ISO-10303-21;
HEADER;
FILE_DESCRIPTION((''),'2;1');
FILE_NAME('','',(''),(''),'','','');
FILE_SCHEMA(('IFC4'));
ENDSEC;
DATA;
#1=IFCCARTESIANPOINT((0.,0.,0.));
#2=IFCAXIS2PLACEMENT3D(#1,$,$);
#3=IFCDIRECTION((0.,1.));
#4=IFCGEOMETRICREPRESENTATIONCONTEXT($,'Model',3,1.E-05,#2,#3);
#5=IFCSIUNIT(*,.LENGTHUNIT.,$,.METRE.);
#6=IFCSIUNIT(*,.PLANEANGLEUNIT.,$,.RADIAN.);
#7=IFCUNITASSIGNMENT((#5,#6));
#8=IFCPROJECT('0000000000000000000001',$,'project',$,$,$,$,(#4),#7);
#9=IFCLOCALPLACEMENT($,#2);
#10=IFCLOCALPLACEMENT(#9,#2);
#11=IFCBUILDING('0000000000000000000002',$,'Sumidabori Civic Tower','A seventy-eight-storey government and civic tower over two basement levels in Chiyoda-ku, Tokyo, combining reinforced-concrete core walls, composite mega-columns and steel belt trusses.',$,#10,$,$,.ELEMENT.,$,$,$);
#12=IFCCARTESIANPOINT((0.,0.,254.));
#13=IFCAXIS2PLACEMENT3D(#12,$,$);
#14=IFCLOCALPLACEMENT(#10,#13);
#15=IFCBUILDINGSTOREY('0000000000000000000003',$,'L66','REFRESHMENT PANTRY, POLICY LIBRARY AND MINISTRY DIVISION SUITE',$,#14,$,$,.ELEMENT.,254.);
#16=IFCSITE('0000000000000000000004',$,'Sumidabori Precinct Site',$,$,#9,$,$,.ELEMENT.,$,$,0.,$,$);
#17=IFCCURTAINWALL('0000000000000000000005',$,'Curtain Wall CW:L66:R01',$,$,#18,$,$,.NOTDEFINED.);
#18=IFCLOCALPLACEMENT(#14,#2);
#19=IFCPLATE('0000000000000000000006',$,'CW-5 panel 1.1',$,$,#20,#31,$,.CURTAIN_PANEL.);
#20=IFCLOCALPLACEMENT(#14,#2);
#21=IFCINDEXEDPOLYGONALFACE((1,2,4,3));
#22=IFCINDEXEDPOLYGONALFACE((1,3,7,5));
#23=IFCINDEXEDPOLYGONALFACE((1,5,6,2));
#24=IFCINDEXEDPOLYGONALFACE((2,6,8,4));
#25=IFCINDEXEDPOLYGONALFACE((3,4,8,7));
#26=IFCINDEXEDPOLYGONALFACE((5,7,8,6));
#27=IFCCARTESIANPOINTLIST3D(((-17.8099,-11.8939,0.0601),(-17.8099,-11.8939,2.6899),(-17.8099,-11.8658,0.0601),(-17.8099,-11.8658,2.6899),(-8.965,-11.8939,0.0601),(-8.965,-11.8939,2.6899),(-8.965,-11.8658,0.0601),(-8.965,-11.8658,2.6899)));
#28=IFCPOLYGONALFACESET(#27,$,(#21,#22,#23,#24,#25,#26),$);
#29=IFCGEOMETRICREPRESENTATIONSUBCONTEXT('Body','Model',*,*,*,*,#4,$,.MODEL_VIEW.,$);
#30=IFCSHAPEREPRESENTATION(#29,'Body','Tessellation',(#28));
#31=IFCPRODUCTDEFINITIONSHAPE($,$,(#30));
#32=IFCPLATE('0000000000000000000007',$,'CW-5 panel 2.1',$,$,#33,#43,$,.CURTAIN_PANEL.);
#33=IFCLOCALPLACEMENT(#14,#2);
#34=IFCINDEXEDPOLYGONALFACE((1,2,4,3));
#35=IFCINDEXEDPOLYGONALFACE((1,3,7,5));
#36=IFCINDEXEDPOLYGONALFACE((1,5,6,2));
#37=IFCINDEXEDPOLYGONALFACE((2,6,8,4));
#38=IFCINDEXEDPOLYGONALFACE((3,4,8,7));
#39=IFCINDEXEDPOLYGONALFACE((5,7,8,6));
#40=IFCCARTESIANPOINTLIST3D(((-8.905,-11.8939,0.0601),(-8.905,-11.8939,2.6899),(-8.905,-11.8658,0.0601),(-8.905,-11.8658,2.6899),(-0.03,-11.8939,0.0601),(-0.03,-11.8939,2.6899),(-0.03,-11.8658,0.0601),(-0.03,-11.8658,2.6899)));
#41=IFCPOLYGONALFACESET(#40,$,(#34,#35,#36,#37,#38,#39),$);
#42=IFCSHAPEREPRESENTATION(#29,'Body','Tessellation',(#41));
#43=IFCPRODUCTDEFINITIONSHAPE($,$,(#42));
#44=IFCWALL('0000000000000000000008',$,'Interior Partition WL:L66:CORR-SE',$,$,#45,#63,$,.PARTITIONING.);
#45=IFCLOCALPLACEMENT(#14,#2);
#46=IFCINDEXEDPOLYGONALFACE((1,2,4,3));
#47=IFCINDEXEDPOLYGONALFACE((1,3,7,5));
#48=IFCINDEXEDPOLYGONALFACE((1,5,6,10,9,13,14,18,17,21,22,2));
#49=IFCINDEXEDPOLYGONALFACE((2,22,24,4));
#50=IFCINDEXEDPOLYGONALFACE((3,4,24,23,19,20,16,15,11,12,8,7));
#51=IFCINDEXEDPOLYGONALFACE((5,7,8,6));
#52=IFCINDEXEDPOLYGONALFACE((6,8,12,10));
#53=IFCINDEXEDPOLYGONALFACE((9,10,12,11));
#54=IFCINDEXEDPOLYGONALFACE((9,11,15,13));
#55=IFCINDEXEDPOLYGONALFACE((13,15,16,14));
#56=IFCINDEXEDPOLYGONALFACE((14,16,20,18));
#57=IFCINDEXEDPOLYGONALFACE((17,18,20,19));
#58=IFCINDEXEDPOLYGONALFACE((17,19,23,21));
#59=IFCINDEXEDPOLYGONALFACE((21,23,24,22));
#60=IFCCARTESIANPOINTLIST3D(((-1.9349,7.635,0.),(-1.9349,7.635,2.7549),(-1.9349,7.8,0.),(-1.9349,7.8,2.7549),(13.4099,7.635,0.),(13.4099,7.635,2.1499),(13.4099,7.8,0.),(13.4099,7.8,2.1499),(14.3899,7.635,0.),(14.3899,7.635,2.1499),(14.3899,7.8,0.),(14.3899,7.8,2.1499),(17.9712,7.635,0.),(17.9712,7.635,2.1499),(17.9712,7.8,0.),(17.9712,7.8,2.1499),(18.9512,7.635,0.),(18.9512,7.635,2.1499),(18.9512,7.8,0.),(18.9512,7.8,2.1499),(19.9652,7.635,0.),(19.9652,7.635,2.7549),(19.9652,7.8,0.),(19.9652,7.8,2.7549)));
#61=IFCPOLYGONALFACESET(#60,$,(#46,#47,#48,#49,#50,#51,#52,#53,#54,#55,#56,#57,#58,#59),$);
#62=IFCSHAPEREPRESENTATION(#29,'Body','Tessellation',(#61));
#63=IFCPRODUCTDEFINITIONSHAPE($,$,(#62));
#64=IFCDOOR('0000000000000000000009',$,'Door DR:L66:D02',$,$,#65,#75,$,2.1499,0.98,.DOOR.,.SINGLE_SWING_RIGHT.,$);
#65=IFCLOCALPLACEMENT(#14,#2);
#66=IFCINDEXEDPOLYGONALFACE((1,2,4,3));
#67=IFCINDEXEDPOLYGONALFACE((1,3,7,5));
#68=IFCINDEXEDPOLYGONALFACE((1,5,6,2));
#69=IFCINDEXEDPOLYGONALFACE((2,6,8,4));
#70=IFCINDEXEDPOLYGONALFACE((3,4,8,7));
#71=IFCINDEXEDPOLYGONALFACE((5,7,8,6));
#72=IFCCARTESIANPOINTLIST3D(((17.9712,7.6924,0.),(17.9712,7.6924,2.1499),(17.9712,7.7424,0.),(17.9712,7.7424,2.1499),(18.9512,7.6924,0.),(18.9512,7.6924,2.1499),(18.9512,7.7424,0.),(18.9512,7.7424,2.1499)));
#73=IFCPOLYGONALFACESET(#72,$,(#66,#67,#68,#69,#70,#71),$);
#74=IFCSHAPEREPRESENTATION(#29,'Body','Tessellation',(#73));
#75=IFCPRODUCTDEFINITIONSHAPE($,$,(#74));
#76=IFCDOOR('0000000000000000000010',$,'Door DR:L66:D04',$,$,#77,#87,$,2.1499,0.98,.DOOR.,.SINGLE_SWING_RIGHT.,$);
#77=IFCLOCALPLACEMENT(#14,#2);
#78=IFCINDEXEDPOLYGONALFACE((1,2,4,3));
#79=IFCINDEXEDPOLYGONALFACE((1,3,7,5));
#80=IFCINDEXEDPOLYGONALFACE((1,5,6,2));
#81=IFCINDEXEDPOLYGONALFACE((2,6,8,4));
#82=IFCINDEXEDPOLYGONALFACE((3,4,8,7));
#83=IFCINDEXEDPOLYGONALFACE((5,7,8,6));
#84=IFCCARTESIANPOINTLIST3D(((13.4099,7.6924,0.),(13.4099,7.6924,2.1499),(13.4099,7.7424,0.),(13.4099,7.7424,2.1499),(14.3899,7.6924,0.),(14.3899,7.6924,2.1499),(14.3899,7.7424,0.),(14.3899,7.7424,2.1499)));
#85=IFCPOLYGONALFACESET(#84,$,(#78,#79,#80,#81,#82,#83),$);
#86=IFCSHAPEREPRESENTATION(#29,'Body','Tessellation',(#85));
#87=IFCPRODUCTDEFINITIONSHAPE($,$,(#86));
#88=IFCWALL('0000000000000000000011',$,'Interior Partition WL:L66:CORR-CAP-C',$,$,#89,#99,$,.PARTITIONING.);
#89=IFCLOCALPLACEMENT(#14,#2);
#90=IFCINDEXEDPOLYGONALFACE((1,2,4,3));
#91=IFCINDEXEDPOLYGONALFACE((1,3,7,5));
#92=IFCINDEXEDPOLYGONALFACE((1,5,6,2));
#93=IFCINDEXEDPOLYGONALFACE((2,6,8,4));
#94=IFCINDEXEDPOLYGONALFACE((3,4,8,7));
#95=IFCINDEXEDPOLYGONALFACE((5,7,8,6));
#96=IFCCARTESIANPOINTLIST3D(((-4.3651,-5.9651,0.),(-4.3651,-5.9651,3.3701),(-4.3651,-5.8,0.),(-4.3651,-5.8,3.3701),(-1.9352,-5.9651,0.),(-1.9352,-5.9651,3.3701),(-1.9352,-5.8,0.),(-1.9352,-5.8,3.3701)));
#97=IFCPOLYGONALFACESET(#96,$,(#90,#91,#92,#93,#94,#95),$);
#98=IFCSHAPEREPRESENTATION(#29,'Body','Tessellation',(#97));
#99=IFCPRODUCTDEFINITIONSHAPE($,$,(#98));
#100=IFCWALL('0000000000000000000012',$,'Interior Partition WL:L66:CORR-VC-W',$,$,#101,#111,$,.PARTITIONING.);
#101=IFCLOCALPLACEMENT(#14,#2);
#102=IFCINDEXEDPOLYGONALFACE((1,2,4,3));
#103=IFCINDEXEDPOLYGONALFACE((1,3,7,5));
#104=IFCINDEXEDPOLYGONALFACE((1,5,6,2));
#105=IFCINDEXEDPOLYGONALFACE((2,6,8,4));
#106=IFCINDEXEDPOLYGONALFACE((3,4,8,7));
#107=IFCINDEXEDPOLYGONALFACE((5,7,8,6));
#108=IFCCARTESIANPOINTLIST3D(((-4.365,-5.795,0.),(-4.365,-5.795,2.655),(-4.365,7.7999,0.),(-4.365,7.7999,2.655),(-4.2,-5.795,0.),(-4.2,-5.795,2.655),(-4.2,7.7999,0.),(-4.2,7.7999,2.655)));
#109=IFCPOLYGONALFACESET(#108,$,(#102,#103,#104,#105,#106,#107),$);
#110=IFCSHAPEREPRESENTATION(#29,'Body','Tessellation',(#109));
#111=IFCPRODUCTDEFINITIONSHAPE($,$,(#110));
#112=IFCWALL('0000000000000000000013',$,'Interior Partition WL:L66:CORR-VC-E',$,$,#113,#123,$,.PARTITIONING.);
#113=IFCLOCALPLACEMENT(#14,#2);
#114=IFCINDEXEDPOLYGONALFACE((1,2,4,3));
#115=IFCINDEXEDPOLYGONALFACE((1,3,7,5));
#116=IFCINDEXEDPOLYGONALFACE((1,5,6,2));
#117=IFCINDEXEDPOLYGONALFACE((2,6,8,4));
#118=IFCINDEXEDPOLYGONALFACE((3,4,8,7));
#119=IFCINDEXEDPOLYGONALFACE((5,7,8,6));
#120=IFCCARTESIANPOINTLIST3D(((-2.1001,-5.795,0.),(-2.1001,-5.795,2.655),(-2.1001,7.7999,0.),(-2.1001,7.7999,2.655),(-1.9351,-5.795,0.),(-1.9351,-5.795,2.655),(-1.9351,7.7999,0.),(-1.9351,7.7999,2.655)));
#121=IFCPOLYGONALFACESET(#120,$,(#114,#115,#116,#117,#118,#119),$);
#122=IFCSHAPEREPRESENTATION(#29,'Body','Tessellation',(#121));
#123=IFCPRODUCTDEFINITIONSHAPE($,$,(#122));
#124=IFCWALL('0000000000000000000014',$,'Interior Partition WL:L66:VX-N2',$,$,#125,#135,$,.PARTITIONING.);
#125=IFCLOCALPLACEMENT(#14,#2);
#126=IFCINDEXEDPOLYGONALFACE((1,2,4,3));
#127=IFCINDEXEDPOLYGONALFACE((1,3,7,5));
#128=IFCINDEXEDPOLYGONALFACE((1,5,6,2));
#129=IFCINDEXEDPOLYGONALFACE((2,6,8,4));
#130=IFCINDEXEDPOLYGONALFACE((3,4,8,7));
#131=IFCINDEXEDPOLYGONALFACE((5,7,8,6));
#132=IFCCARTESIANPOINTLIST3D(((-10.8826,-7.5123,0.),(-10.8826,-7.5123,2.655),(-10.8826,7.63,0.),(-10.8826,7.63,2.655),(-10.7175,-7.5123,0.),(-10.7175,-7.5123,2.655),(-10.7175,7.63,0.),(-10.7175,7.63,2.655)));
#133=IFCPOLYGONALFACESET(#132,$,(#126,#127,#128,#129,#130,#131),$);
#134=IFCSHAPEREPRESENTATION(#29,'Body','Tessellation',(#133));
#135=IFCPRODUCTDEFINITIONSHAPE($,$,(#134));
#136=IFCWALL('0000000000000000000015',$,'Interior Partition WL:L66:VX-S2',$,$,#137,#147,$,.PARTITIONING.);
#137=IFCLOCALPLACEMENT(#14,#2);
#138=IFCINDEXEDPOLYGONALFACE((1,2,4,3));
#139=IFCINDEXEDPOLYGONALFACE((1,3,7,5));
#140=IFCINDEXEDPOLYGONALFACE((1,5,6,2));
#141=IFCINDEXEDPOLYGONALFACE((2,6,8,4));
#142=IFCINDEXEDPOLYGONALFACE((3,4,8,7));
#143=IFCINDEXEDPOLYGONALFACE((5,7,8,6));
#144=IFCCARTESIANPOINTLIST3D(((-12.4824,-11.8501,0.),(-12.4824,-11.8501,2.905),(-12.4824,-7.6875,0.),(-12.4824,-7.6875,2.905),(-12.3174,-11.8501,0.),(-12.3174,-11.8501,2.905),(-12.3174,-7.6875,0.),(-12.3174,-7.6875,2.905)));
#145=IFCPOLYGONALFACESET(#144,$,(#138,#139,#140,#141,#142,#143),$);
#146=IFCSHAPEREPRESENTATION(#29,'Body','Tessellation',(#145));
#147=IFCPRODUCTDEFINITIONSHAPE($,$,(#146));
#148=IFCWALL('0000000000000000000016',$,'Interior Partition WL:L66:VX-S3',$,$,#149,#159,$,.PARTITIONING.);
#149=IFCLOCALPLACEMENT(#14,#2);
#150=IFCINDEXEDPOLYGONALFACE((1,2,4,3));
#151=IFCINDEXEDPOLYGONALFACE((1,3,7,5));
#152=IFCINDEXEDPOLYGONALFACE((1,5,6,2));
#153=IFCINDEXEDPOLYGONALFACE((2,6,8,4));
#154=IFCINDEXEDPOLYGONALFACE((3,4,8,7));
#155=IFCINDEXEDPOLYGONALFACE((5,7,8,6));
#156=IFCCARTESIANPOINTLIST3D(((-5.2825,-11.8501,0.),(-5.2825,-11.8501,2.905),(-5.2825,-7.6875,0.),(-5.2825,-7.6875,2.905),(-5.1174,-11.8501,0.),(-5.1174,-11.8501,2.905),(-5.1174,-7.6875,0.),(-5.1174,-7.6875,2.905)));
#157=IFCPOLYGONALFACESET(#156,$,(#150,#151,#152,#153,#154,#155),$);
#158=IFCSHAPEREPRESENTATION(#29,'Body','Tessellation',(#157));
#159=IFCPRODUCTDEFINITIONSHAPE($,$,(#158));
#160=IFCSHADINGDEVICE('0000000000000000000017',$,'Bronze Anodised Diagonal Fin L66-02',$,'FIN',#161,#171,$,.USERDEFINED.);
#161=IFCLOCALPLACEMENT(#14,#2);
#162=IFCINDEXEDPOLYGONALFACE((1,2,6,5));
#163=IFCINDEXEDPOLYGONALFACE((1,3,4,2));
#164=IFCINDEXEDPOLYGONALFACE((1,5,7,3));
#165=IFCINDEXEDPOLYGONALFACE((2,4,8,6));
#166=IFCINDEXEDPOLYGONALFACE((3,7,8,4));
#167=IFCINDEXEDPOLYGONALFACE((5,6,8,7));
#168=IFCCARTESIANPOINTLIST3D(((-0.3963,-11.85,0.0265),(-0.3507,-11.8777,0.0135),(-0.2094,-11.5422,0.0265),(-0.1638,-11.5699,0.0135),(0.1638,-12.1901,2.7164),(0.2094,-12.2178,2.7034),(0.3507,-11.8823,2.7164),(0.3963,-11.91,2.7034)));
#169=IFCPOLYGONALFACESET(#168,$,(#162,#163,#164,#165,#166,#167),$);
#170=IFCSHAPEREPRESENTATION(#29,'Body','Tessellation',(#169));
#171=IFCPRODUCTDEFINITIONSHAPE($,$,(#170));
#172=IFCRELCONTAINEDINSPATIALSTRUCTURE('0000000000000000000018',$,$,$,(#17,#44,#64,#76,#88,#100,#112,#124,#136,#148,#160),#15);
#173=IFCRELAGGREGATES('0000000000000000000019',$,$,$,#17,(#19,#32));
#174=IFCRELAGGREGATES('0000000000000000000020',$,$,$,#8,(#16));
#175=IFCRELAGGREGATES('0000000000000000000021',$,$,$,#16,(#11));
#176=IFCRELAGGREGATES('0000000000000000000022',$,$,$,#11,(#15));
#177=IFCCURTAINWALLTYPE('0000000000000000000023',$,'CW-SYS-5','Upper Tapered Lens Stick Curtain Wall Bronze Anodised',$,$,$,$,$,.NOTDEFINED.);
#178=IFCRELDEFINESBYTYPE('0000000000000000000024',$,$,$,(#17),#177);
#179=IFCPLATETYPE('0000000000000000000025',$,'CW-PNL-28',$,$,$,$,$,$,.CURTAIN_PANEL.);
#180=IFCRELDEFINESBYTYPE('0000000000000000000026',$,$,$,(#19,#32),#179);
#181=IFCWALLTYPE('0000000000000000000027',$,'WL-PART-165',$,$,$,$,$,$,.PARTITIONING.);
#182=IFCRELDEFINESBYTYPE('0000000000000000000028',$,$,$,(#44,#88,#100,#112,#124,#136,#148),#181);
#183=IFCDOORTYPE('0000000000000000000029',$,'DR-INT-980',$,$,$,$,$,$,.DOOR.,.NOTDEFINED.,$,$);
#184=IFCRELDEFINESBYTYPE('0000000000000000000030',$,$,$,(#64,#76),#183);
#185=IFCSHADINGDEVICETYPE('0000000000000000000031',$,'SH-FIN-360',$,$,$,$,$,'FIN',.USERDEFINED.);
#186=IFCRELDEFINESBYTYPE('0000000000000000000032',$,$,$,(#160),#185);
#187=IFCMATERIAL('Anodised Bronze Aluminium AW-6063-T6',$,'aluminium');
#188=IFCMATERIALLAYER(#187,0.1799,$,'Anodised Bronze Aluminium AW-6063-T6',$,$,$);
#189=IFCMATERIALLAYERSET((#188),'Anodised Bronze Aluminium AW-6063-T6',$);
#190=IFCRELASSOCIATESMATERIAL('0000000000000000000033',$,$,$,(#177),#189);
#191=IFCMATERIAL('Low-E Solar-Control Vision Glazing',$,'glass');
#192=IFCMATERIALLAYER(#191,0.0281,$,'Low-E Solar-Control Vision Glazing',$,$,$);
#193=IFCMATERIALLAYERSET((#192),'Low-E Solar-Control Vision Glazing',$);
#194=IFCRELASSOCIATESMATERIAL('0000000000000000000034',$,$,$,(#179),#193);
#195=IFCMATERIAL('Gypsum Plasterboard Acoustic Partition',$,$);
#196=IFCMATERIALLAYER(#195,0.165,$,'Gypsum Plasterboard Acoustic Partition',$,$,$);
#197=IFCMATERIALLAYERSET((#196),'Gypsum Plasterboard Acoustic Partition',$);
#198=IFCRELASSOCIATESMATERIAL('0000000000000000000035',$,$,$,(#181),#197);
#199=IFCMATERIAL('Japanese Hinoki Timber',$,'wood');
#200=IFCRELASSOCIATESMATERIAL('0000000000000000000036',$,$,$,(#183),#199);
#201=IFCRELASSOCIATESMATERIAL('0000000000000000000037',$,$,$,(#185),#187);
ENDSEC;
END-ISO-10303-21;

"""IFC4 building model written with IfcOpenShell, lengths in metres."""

from ifc_helpers import new_model, si_unit, direction, frame, frame_2d, origin, origin_2d, place, context, subcontext, project, spatial, rectangle, extrude, source, transform, mapped, material, layer, layer_set, material_profile, profile_set, type_object, element, fill, aggregate, save


model = new_model("IFC4")

# Units and contexts
model_context = context("Model", 3, precision=1e-05, world=origin(), true_north=direction((0.0, 1.0)))
body_context = subcontext(model_context, "Body", "Model", "MODEL_VIEW")
ifc_project = project(units=[si_unit("LENGTHUNIT", "METRE"), si_unit("PLANEANGLEUNIT", "RADIAN")], contexts=[model_context])

# Site, building, storey
site_placement = place(None, origin())
site = spatial("IfcSite", under=ifc_project, at=site_placement, Name="Sumidabori Precinct Site", CompositionType="ELEMENT", RefElevation=0.0)
building_placement = place(site_placement, origin())
building = spatial("IfcBuilding", under=site, at=building_placement, Name="Sumidabori Civic Tower", Description="A seventy-eight-storey government and civic tower over two basement levels in Chiyoda-ku, Tokyo, combining reinforced-concrete core walls, composite mega-columns and steel belt trusses.", CompositionType="ELEMENT")
storey_placement = place(building_placement, frame((0.0, 0.0, 254.0)))
storey = spatial("IfcBuildingStorey", under=building, at=storey_placement, Name="L66", Description="REFRESHMENT PANTRY, POLICY LIBRARY AND MINISTRY DIVISION SUITE", CompositionType="ELEMENT", Elevation=254.0)

# Curtain wall
ifc_material_1 = material(Name="Anodised Bronze Aluminium AW-6063-T6", Category="aluminium")
ifc_layer_1 = layer(ifc_material_1, 0.1799, Name="Anodised Bronze Aluminium AW-6063-T6")
ifc_layer_set_1 = layer_set([ifc_layer_1], Name="Anodised Bronze Aluminium AW-6063-T6")
curtain_wall_type = type_object("IfcCurtainWallType", Name="CW-SYS-5", Description="Upper Tapered Lens Stick Curtain Wall Bronze Anodised", PredefinedType="NOTDEFINED", material=ifc_layer_set_1)
curtain_wall_placement = place(storey_placement, origin())
curtain_wall = element("IfcCurtainWall", 1, at=curtain_wall_placement, inside=storey, type_object=curtain_wall_type, Name="Curtain Wall CW:L66:R01", PredefinedType="NOTDEFINED")

# Plates
ifc_material_2 = material(Name="Low-E Solar-Control Vision Glazing", Category="glass")
ifc_layer_2 = layer(ifc_material_2, 0.0281, Name="Low-E Solar-Control Vision Glazing")
ifc_layer_set_2 = layer_set([ifc_layer_2], Name="Low-E Solar-Control Vision Glazing")
plate_type = type_object("IfcPlateType", Name="CW-PNL-28", PredefinedType="CURTAIN_PANEL", material=ifc_layer_set_2)
shared_shape_1 = source(origin(), body_context, "Body", "SweptSolid", [
    extrude(rectangle(XDim=8.845, YDim=0.0281, at=origin_2d()), origin(), (0.0, 0.0, 1.0), 2.6299),
])
plate_1_placement = place(storey_placement, frame((-13.3875, -11.8799, 0.0601), z_axis=(0.0, 0.0, 1.0), x_axis=(1.0, 0.0, 0.0)))
plate_1 = element("IfcPlate", 2, at=plate_1_placement, type_object=plate_type, Name="CW-5 panel 1.1", PredefinedType="CURTAIN_PANEL", context=body_context, shape_type="MappedRepresentation", body=[
    mapped(shared_shape_1, transform((0.0, 0.0, 0.0), x_axis=(1.0, 0.0, 0.0), y_axis=(0.0, 1.0, 0.0), z_axis=(0.0, 0.0, 1.0), scale=1.0)),
])
shared_shape_2 = source(origin(), body_context, "Body", "SweptSolid", [
    extrude(rectangle(XDim=8.875, YDim=0.0281, at=origin_2d()), origin(), (0.0, 0.0, 1.0), 2.6299),
])
plate_2_placement = place(storey_placement, frame((-4.4675, -11.8799, 0.0601), z_axis=(0.0, 0.0, 1.0), x_axis=(1.0, 0.0, 0.0)))
plate_2 = element("IfcPlate", 3, at=plate_2_placement, type_object=plate_type, Name="CW-5 panel 2.1", PredefinedType="CURTAIN_PANEL", context=body_context, shape_type="MappedRepresentation", body=[
    mapped(shared_shape_2, transform((0.0, 0.0, 0.0), x_axis=(1.0, 0.0, 0.0), y_axis=(0.0, 1.0, 0.0), z_axis=(0.0, 0.0, 1.0), scale=1.0)),
])
aggregate(curtain_wall, [plate_1, plate_2])

# Wall, openings, doors
ifc_material_3 = material(Name="Gypsum Plasterboard Acoustic Partition")
ifc_layer_3 = layer(ifc_material_3, 0.165, Name="Gypsum Plasterboard Acoustic Partition")
ifc_layer_set_3 = layer_set([ifc_layer_3], Name="Gypsum Plasterboard Acoustic Partition")
wall_type = type_object("IfcWallType", Name="WL-PART-165", PredefinedType="PARTITIONING", material=ifc_layer_set_3)
shared_shape_3 = source(origin(), body_context, "Body", "SweptSolid", [
    extrude(rectangle(XDim=21.9001, YDim=0.165, at=frame_2d((10.9502, 0.0))), origin(), (0.0, 0.0, 1.0), 2.7549),
])
wall_1_placement = place(storey_placement, frame((-1.9351, 7.7175, 0.0), z_axis=(0.0, 0.0, 1.0), x_axis=(1.0, 0.0, 0.0)))
wall_1 = element("IfcWall", 4, at=wall_1_placement, inside=storey, type_object=wall_type, Name="Interior Partition WL:L66:CORR-SE", PredefinedType="PARTITIONING", context=body_context, shape_type="MappedRepresentation", body=[
    mapped(shared_shape_3, transform((0.0, 0.0, 0.0), x_axis=(1.0, 0.0, 0.0), y_axis=(0.0, 1.0, 0.0), z_axis=(0.0, 0.0, 1.0), scale=1.0)),
])
opening_1_placement = place(wall_1_placement, frame((19.9062, 0.0, 0.0)))
opening_1 = element("IfcOpeningElement", 5, at=opening_1_placement, cuts=wall_1, PredefinedType="OPENING", context=body_context, shape_type="SweptSolid", body=[
    extrude(rectangle(XDim=0.98, YDim=2.1499, at=frame_2d((0.49, 1.075))), frame((0.0, 0.0945, 0.0), z_axis=(0.0, -1.0, 0.0), x_axis=(1.0, 0.0, 0.0)), (0.0, 0.0, 1.0), 0.189),
])
opening_2_placement = place(wall_1_placement, frame((15.345, 0.0, 0.0)))
opening_2 = element("IfcOpeningElement", 6, at=opening_2_placement, cuts=wall_1, PredefinedType="OPENING", context=body_context, shape_type="SweptSolid", body=[
    extrude(rectangle(XDim=0.98, YDim=2.1499, at=frame_2d((0.49, 1.075))), frame((0.0, 0.0945, 0.0), z_axis=(0.0, -1.0, 0.0), x_axis=(1.0, 0.0, 0.0)), (0.0, 0.0, 1.0), 0.189),
])
ifc_material_4 = material(Name="Japanese Hinoki Timber", Category="wood")
door_type = type_object("IfcDoorType", Name="DR-INT-980", OperationType="NOTDEFINED", PredefinedType="DOOR", material=ifc_material_4)
shared_shape_4 = source(origin(), body_context, "Body", "SweptSolid", [
    extrude(rectangle(XDim=0.98, YDim=2.1499, at=frame_2d((0.49, 1.075))), frame((0.0, 0.0249, 0.0), z_axis=(0.0, -1.0, 0.0), x_axis=(1.0, 0.0, 0.0)), (0.0, 0.0, 1.0), 0.05),
])
door_1_placement = place(opening_1_placement, origin())
door_1 = element("IfcDoor", 7, at=door_1_placement, inside=storey, type_object=door_type, Name="Door DR:L66:D02", OperationType="SINGLE_SWING_RIGHT", OverallHeight=2.1499, OverallWidth=0.98, PredefinedType="DOOR", context=body_context, shape_type="MappedRepresentation", body=[
    mapped(shared_shape_4, transform((0.0, 0.0, 0.0), x_axis=(1.0, 0.0, 0.0), y_axis=(0.0, 1.0, 0.0), z_axis=(0.0, 0.0, 1.0), scale=1.0)),
])
fill(opening_1, door_1)
door_2_placement = place(opening_2_placement, origin())
door_2 = element("IfcDoor", 8, at=door_2_placement, inside=storey, type_object=door_type, Name="Door DR:L66:D04", OperationType="SINGLE_SWING_RIGHT", OverallHeight=2.1499, OverallWidth=0.98, PredefinedType="DOOR", context=body_context, shape_type="MappedRepresentation", body=[
    mapped(shared_shape_4, transform((0.0, 0.0, 0.0), x_axis=(1.0, 0.0, 0.0), y_axis=(0.0, 1.0, 0.0), z_axis=(0.0, 0.0, 1.0), scale=1.0)),
])
fill(opening_2, door_2)

# Walls
shared_shape_5 = source(origin(), body_context, "Body", "SweptSolid", [
    extrude(rectangle(XDim=2.4299, YDim=0.165, at=frame_2d((1.2148, 0.0))), origin(), (0.0, 0.0, 1.0), 3.3701),
])
wall_2_placement = place(storey_placement, frame((-4.365, -5.8826, 0.0), z_axis=(0.0, 0.0, 1.0), x_axis=(1.0, 0.0, 0.0)))
element("IfcWall", 9, at=wall_2_placement, inside=storey, type_object=wall_type, Name="Interior Partition WL:L66:CORR-CAP-C", PredefinedType="PARTITIONING", context=body_context, shape_type="MappedRepresentation", body=[
    mapped(shared_shape_5, transform((0.0, 0.0, 0.0), x_axis=(1.0, 0.0, 0.0), y_axis=(0.0, 1.0, 0.0), z_axis=(0.0, 0.0, 1.0), scale=1.0)),
])
shared_shape_6 = source(origin(), body_context, "Body", "SweptSolid", [
    extrude(rectangle(XDim=13.595, YDim=0.165, at=frame_2d((6.7974, 0.0))), origin(), (0.0, 0.0, 1.0), 2.655),
])
for number, where, z_axis, x_axis, name in (
    (10, (-4.2825, -5.7949, 0.0), (0.0, 0.0, 1.0), (0.0, 1.0, 0.0), "Interior Partition WL:L66:CORR-VC-W"),
    (11, (-2.0176, -5.7949, 0.0), (0.0, 0.0, 1.0), (0.0, 1.0, 0.0), "Interior Partition WL:L66:CORR-VC-E"),
):
    element("IfcWall", number, at=place(storey_placement, frame(where, z_axis=z_axis, x_axis=x_axis)), inside=storey, type_object=wall_type, Name=name, PredefinedType="PARTITIONING", context=body_context, shape_type="MappedRepresentation", body=[
        mapped(shared_shape_6, transform((0.0, 0.0, 0.0), x_axis=(1.0, 0.0, 0.0), y_axis=(0.0, 1.0, 0.0), z_axis=(0.0, 0.0, 1.0), scale=1.0)),
    ])
shared_shape_7 = source(origin(), body_context, "Body", "SweptSolid", [
    extrude(rectangle(XDim=15.1423, YDim=0.165, at=frame_2d((7.5713, 0.0))), origin(), (0.0, 0.0, 1.0), 2.655),
])
wall_3_placement = place(storey_placement, frame((-10.8, -7.5125, 0.0), z_axis=(0.0, 0.0, 1.0), x_axis=(0.0, 1.0, 0.0)))
element("IfcWall", 12, at=wall_3_placement, inside=storey, type_object=wall_type, Name="Interior Partition WL:L66:VX-N2", PredefinedType="PARTITIONING", context=body_context, shape_type="MappedRepresentation", body=[
    mapped(shared_shape_7, transform((0.0, 0.0, 0.0), x_axis=(1.0, 0.0, 0.0), y_axis=(0.0, 1.0, 0.0), z_axis=(0.0, 0.0, 1.0), scale=1.0)),
])
shared_shape_8 = source(origin(), body_context, "Body", "SweptSolid", [
    extrude(rectangle(XDim=4.1626, YDim=0.165, at=frame_2d((2.0813, 0.0))), origin(), (0.0, 0.0, 1.0), 2.905),
])
for number, where, z_axis, x_axis, name in (
    (13, (-12.3999, -11.8501, 0.0), (0.0, 0.0, 1.0), (0.0, 1.0, 0.0), "Interior Partition WL:L66:VX-S2"),
    (14, (-5.2, -11.8501, 0.0), (0.0, 0.0, 1.0), (0.0, 1.0, 0.0), "Interior Partition WL:L66:VX-S3"),
):
    element("IfcWall", number, at=place(storey_placement, frame(where, z_axis=z_axis, x_axis=x_axis)), inside=storey, type_object=wall_type, Name=name, PredefinedType="PARTITIONING", context=body_context, shape_type="MappedRepresentation", body=[
        mapped(shared_shape_8, transform((0.0, 0.0, 0.0), x_axis=(1.0, 0.0, 0.0), y_axis=(0.0, 1.0, 0.0), z_axis=(0.0, 0.0, 1.0), scale=1.0)),
    ])

# Shading device
ifc_material_profile_1 = material_profile(ifc_material_1, rectangle(XDim=0.0549, YDim=0.3601, at=origin_2d()), Name="BRONZE FIN 360x55")
ifc_profile_set_1 = profile_set([ifc_material_profile_1], Name="Anodised Bronze Aluminium AW-6063-T6")
shading_device_type = type_object("IfcShadingDeviceType", Name="SH-FIN-360", ElementType="FIN", PredefinedType="USERDEFINED", material=ifc_profile_set_1)
shared_shape_9 = source(origin(), body_context, "Body", "SweptSolid", [
    extrude(rectangle(XDim=0.0549, YDim=0.3601, at=origin_2d()), origin(), (0.0, 0.0, 1.0), 2.7686),
])
shading_device_placement = place(storey_placement, frame((-0.28, -11.71, 0.02), z_axis=(0.20229, -0.122838, 0.971591), x_axis=(0.83047, -0.504291, -0.236665)))
element("IfcShadingDevice", 15, at=shading_device_placement, inside=storey, type_object=shading_device_type, Name="Bronze Anodised Diagonal Fin L66-02", ObjectType="FIN", PredefinedType="USERDEFINED", context=body_context, shape_type="MappedRepresentation", body=[
    mapped(shared_shape_9, transform((0.0, 0.0, 0.0), x_axis=(1.0, 0.0, 0.0), y_axis=(0.0, 1.0, 0.0), z_axis=(0.0, 0.0, 1.0), scale=1.0)),
])

save(model, "model.ifc")
